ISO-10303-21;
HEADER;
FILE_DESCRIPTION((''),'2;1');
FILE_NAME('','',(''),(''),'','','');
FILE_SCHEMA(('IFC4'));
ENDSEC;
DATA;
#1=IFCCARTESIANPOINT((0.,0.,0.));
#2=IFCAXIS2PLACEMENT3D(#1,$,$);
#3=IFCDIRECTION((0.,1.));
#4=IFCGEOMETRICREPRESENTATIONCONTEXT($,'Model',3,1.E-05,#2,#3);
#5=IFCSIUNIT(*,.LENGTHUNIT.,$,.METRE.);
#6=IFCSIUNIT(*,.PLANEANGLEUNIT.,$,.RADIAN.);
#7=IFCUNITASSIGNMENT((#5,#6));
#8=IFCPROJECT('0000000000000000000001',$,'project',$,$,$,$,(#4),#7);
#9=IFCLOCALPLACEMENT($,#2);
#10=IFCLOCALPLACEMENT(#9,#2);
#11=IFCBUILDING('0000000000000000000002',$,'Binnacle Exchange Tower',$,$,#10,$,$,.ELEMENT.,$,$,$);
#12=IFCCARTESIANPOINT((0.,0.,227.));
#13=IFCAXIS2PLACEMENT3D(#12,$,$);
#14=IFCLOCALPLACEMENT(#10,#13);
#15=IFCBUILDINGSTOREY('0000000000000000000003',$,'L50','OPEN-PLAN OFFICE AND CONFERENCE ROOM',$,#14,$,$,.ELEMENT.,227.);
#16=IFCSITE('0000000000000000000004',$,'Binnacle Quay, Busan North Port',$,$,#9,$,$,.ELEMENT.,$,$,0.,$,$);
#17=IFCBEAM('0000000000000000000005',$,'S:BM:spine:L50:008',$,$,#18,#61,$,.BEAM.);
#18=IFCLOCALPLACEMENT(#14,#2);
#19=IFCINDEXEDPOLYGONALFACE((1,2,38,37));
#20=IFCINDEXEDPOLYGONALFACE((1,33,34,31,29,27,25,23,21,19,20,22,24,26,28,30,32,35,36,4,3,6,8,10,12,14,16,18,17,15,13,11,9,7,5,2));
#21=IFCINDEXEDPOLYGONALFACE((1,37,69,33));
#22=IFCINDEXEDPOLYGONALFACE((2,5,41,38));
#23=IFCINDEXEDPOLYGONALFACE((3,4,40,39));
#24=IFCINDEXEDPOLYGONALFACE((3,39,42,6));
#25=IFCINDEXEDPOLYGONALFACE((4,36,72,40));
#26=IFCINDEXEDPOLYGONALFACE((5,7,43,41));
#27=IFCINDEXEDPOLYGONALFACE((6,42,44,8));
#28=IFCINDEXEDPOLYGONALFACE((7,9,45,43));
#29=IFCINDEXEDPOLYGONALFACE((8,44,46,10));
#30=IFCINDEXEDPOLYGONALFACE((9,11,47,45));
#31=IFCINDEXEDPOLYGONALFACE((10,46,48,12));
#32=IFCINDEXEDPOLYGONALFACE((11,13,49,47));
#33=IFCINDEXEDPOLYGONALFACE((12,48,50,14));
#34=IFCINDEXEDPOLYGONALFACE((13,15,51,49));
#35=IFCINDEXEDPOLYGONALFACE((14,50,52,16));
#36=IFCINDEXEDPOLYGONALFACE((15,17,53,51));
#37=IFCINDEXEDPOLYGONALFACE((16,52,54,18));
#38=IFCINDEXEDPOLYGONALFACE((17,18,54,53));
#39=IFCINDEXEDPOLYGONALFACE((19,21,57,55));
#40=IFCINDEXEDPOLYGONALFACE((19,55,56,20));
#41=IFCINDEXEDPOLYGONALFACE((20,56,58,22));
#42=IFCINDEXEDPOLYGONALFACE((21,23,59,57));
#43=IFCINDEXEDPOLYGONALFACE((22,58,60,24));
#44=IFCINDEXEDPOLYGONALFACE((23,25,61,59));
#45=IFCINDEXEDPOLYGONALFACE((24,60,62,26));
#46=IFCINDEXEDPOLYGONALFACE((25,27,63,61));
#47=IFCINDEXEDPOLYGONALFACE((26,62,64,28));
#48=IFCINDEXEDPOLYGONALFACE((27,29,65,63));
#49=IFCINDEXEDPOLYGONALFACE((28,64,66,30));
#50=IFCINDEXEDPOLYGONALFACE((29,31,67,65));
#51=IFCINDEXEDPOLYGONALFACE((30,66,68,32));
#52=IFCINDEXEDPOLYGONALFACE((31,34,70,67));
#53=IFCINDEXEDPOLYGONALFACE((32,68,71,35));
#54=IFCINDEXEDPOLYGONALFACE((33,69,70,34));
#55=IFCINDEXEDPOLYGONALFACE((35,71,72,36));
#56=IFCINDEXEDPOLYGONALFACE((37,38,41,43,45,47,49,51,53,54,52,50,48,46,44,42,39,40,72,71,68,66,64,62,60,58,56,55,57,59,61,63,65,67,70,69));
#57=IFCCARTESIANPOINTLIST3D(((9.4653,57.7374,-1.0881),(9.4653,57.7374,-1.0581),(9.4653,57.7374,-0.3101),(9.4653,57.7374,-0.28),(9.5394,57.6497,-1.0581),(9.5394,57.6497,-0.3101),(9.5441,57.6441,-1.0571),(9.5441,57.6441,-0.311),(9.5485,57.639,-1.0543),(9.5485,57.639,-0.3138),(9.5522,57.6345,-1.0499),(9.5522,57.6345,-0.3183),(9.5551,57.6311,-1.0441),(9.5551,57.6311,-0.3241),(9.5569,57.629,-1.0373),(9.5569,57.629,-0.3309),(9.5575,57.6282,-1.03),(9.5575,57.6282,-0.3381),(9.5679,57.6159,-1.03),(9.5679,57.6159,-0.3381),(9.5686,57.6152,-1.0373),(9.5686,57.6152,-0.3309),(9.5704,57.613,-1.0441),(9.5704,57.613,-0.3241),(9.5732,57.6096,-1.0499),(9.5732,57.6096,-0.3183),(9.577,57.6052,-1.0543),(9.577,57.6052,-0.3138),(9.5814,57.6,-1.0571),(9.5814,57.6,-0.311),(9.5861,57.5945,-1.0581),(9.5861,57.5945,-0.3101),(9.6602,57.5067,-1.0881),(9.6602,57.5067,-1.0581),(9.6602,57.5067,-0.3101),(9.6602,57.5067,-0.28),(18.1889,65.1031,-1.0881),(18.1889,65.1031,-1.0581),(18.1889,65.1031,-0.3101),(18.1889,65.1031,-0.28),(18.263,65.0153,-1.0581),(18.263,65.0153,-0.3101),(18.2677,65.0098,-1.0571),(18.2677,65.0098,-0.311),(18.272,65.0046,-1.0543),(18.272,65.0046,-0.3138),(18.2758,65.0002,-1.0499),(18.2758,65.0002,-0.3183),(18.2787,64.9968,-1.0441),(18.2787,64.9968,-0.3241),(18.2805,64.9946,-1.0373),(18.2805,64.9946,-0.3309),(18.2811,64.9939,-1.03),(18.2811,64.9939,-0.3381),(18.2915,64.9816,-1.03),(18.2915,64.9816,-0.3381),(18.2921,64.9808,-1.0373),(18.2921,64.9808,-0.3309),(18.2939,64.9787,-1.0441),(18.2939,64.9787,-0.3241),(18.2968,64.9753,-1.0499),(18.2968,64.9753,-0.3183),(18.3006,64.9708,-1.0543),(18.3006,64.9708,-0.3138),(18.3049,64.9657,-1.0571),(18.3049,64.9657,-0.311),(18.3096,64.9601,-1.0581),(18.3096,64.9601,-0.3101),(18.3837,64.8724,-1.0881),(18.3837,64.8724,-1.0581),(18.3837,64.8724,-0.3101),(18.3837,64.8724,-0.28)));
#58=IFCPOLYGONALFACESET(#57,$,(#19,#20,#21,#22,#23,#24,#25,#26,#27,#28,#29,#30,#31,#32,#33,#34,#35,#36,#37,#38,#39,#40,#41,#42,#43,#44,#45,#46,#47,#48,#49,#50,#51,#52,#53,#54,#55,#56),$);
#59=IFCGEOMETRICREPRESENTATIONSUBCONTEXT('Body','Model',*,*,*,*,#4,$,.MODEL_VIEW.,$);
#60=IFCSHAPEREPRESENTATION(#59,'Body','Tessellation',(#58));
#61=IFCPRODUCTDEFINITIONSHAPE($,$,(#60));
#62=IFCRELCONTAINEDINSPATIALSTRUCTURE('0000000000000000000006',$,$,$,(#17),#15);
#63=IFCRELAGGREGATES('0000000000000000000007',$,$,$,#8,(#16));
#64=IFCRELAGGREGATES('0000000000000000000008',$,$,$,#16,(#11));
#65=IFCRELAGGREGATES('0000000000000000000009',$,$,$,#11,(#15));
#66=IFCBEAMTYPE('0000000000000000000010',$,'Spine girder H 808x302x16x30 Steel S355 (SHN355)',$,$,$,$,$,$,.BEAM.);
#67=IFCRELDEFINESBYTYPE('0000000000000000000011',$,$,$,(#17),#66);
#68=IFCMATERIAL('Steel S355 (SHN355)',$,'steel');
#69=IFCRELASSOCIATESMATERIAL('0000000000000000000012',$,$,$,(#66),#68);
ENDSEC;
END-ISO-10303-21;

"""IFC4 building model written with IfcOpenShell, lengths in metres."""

from ifc_helpers import new_model, si_unit, direction, frame, origin, origin_2d, place, context, subcontext, project, spatial, i_section, extrude, material, material_profile, profile_set, type_object, element, save


model = new_model("IFC4")

# Units and contexts
model_context = context("Model", 3, precision=1e-05, world=origin(), true_north=direction((0.0, 1.0)))
body_context = subcontext(model_context, "Body", "Model", "MODEL_VIEW")
ifc_project = project(units=[si_unit("LENGTHUNIT", "METRE"), si_unit("PLANEANGLEUNIT", "RADIAN")], contexts=[model_context])

# Site, building, storey
site_placement = place(None, origin())
site = spatial("IfcSite", under=ifc_project, at=site_placement, Name="Binnacle Quay, Busan North Port", CompositionType="ELEMENT", RefElevation=0.0)
building_placement = place(site_placement, origin())
building = spatial("IfcBuilding", under=site, at=building_placement, Name="Binnacle Exchange Tower", CompositionType="ELEMENT")
storey_placement = place(building_placement, frame((0.0, 0.0, 227.0)))
storey = spatial("IfcBuildingStorey", under=building, at=storey_placement, Name="L50", Description="OPEN-PLAN OFFICE AND CONFERENCE ROOM", CompositionType="ELEMENT", Elevation=227.0)

# Beam
ifc_material_1 = material(Name="Steel S355 (SHN355)", Category="steel")
ifc_material_profile_1 = material_profile(ifc_material_1, i_section(OverallWidth=0.302, OverallDepth=0.8081, WebThickness=0.0161, FlangeThickness=0.03, FilletRadius=0.0281, at=origin_2d()), Name="H 808x302x16x30")
ifc_profile_set_1 = profile_set([ifc_material_profile_1], Name="Steel S355 (SHN355)")
beam_type_1 = type_object("IfcBeamType", Name="Spine girder H 808x302x16x30 Steel S355 (SHN355)", PredefinedType="BEAM", material=ifc_profile_set_1)
beam_1_placement = place(storey_placement, frame((9.5627, 57.6221, -0.6841), z_axis=(0.764069, 0.645135, 0.0), x_axis=(-0.645135, 0.764069, 0.0)))
element("IfcBeam", 1, at=beam_1_placement, inside=storey, type_object=beam_type_1, Name="S:BM:spine:L50:008", PredefinedType="BEAM", context=body_context, shape_type="SweptSolid", body=[
    extrude(i_section(OverallWidth=0.302, OverallDepth=0.8081, WebThickness=0.0161, FlangeThickness=0.03, FilletRadius=0.0281, at=origin_2d()), origin(), (0.0, 0.0, 1.0), 11.4172),
])

save(model, "model.ifc")
